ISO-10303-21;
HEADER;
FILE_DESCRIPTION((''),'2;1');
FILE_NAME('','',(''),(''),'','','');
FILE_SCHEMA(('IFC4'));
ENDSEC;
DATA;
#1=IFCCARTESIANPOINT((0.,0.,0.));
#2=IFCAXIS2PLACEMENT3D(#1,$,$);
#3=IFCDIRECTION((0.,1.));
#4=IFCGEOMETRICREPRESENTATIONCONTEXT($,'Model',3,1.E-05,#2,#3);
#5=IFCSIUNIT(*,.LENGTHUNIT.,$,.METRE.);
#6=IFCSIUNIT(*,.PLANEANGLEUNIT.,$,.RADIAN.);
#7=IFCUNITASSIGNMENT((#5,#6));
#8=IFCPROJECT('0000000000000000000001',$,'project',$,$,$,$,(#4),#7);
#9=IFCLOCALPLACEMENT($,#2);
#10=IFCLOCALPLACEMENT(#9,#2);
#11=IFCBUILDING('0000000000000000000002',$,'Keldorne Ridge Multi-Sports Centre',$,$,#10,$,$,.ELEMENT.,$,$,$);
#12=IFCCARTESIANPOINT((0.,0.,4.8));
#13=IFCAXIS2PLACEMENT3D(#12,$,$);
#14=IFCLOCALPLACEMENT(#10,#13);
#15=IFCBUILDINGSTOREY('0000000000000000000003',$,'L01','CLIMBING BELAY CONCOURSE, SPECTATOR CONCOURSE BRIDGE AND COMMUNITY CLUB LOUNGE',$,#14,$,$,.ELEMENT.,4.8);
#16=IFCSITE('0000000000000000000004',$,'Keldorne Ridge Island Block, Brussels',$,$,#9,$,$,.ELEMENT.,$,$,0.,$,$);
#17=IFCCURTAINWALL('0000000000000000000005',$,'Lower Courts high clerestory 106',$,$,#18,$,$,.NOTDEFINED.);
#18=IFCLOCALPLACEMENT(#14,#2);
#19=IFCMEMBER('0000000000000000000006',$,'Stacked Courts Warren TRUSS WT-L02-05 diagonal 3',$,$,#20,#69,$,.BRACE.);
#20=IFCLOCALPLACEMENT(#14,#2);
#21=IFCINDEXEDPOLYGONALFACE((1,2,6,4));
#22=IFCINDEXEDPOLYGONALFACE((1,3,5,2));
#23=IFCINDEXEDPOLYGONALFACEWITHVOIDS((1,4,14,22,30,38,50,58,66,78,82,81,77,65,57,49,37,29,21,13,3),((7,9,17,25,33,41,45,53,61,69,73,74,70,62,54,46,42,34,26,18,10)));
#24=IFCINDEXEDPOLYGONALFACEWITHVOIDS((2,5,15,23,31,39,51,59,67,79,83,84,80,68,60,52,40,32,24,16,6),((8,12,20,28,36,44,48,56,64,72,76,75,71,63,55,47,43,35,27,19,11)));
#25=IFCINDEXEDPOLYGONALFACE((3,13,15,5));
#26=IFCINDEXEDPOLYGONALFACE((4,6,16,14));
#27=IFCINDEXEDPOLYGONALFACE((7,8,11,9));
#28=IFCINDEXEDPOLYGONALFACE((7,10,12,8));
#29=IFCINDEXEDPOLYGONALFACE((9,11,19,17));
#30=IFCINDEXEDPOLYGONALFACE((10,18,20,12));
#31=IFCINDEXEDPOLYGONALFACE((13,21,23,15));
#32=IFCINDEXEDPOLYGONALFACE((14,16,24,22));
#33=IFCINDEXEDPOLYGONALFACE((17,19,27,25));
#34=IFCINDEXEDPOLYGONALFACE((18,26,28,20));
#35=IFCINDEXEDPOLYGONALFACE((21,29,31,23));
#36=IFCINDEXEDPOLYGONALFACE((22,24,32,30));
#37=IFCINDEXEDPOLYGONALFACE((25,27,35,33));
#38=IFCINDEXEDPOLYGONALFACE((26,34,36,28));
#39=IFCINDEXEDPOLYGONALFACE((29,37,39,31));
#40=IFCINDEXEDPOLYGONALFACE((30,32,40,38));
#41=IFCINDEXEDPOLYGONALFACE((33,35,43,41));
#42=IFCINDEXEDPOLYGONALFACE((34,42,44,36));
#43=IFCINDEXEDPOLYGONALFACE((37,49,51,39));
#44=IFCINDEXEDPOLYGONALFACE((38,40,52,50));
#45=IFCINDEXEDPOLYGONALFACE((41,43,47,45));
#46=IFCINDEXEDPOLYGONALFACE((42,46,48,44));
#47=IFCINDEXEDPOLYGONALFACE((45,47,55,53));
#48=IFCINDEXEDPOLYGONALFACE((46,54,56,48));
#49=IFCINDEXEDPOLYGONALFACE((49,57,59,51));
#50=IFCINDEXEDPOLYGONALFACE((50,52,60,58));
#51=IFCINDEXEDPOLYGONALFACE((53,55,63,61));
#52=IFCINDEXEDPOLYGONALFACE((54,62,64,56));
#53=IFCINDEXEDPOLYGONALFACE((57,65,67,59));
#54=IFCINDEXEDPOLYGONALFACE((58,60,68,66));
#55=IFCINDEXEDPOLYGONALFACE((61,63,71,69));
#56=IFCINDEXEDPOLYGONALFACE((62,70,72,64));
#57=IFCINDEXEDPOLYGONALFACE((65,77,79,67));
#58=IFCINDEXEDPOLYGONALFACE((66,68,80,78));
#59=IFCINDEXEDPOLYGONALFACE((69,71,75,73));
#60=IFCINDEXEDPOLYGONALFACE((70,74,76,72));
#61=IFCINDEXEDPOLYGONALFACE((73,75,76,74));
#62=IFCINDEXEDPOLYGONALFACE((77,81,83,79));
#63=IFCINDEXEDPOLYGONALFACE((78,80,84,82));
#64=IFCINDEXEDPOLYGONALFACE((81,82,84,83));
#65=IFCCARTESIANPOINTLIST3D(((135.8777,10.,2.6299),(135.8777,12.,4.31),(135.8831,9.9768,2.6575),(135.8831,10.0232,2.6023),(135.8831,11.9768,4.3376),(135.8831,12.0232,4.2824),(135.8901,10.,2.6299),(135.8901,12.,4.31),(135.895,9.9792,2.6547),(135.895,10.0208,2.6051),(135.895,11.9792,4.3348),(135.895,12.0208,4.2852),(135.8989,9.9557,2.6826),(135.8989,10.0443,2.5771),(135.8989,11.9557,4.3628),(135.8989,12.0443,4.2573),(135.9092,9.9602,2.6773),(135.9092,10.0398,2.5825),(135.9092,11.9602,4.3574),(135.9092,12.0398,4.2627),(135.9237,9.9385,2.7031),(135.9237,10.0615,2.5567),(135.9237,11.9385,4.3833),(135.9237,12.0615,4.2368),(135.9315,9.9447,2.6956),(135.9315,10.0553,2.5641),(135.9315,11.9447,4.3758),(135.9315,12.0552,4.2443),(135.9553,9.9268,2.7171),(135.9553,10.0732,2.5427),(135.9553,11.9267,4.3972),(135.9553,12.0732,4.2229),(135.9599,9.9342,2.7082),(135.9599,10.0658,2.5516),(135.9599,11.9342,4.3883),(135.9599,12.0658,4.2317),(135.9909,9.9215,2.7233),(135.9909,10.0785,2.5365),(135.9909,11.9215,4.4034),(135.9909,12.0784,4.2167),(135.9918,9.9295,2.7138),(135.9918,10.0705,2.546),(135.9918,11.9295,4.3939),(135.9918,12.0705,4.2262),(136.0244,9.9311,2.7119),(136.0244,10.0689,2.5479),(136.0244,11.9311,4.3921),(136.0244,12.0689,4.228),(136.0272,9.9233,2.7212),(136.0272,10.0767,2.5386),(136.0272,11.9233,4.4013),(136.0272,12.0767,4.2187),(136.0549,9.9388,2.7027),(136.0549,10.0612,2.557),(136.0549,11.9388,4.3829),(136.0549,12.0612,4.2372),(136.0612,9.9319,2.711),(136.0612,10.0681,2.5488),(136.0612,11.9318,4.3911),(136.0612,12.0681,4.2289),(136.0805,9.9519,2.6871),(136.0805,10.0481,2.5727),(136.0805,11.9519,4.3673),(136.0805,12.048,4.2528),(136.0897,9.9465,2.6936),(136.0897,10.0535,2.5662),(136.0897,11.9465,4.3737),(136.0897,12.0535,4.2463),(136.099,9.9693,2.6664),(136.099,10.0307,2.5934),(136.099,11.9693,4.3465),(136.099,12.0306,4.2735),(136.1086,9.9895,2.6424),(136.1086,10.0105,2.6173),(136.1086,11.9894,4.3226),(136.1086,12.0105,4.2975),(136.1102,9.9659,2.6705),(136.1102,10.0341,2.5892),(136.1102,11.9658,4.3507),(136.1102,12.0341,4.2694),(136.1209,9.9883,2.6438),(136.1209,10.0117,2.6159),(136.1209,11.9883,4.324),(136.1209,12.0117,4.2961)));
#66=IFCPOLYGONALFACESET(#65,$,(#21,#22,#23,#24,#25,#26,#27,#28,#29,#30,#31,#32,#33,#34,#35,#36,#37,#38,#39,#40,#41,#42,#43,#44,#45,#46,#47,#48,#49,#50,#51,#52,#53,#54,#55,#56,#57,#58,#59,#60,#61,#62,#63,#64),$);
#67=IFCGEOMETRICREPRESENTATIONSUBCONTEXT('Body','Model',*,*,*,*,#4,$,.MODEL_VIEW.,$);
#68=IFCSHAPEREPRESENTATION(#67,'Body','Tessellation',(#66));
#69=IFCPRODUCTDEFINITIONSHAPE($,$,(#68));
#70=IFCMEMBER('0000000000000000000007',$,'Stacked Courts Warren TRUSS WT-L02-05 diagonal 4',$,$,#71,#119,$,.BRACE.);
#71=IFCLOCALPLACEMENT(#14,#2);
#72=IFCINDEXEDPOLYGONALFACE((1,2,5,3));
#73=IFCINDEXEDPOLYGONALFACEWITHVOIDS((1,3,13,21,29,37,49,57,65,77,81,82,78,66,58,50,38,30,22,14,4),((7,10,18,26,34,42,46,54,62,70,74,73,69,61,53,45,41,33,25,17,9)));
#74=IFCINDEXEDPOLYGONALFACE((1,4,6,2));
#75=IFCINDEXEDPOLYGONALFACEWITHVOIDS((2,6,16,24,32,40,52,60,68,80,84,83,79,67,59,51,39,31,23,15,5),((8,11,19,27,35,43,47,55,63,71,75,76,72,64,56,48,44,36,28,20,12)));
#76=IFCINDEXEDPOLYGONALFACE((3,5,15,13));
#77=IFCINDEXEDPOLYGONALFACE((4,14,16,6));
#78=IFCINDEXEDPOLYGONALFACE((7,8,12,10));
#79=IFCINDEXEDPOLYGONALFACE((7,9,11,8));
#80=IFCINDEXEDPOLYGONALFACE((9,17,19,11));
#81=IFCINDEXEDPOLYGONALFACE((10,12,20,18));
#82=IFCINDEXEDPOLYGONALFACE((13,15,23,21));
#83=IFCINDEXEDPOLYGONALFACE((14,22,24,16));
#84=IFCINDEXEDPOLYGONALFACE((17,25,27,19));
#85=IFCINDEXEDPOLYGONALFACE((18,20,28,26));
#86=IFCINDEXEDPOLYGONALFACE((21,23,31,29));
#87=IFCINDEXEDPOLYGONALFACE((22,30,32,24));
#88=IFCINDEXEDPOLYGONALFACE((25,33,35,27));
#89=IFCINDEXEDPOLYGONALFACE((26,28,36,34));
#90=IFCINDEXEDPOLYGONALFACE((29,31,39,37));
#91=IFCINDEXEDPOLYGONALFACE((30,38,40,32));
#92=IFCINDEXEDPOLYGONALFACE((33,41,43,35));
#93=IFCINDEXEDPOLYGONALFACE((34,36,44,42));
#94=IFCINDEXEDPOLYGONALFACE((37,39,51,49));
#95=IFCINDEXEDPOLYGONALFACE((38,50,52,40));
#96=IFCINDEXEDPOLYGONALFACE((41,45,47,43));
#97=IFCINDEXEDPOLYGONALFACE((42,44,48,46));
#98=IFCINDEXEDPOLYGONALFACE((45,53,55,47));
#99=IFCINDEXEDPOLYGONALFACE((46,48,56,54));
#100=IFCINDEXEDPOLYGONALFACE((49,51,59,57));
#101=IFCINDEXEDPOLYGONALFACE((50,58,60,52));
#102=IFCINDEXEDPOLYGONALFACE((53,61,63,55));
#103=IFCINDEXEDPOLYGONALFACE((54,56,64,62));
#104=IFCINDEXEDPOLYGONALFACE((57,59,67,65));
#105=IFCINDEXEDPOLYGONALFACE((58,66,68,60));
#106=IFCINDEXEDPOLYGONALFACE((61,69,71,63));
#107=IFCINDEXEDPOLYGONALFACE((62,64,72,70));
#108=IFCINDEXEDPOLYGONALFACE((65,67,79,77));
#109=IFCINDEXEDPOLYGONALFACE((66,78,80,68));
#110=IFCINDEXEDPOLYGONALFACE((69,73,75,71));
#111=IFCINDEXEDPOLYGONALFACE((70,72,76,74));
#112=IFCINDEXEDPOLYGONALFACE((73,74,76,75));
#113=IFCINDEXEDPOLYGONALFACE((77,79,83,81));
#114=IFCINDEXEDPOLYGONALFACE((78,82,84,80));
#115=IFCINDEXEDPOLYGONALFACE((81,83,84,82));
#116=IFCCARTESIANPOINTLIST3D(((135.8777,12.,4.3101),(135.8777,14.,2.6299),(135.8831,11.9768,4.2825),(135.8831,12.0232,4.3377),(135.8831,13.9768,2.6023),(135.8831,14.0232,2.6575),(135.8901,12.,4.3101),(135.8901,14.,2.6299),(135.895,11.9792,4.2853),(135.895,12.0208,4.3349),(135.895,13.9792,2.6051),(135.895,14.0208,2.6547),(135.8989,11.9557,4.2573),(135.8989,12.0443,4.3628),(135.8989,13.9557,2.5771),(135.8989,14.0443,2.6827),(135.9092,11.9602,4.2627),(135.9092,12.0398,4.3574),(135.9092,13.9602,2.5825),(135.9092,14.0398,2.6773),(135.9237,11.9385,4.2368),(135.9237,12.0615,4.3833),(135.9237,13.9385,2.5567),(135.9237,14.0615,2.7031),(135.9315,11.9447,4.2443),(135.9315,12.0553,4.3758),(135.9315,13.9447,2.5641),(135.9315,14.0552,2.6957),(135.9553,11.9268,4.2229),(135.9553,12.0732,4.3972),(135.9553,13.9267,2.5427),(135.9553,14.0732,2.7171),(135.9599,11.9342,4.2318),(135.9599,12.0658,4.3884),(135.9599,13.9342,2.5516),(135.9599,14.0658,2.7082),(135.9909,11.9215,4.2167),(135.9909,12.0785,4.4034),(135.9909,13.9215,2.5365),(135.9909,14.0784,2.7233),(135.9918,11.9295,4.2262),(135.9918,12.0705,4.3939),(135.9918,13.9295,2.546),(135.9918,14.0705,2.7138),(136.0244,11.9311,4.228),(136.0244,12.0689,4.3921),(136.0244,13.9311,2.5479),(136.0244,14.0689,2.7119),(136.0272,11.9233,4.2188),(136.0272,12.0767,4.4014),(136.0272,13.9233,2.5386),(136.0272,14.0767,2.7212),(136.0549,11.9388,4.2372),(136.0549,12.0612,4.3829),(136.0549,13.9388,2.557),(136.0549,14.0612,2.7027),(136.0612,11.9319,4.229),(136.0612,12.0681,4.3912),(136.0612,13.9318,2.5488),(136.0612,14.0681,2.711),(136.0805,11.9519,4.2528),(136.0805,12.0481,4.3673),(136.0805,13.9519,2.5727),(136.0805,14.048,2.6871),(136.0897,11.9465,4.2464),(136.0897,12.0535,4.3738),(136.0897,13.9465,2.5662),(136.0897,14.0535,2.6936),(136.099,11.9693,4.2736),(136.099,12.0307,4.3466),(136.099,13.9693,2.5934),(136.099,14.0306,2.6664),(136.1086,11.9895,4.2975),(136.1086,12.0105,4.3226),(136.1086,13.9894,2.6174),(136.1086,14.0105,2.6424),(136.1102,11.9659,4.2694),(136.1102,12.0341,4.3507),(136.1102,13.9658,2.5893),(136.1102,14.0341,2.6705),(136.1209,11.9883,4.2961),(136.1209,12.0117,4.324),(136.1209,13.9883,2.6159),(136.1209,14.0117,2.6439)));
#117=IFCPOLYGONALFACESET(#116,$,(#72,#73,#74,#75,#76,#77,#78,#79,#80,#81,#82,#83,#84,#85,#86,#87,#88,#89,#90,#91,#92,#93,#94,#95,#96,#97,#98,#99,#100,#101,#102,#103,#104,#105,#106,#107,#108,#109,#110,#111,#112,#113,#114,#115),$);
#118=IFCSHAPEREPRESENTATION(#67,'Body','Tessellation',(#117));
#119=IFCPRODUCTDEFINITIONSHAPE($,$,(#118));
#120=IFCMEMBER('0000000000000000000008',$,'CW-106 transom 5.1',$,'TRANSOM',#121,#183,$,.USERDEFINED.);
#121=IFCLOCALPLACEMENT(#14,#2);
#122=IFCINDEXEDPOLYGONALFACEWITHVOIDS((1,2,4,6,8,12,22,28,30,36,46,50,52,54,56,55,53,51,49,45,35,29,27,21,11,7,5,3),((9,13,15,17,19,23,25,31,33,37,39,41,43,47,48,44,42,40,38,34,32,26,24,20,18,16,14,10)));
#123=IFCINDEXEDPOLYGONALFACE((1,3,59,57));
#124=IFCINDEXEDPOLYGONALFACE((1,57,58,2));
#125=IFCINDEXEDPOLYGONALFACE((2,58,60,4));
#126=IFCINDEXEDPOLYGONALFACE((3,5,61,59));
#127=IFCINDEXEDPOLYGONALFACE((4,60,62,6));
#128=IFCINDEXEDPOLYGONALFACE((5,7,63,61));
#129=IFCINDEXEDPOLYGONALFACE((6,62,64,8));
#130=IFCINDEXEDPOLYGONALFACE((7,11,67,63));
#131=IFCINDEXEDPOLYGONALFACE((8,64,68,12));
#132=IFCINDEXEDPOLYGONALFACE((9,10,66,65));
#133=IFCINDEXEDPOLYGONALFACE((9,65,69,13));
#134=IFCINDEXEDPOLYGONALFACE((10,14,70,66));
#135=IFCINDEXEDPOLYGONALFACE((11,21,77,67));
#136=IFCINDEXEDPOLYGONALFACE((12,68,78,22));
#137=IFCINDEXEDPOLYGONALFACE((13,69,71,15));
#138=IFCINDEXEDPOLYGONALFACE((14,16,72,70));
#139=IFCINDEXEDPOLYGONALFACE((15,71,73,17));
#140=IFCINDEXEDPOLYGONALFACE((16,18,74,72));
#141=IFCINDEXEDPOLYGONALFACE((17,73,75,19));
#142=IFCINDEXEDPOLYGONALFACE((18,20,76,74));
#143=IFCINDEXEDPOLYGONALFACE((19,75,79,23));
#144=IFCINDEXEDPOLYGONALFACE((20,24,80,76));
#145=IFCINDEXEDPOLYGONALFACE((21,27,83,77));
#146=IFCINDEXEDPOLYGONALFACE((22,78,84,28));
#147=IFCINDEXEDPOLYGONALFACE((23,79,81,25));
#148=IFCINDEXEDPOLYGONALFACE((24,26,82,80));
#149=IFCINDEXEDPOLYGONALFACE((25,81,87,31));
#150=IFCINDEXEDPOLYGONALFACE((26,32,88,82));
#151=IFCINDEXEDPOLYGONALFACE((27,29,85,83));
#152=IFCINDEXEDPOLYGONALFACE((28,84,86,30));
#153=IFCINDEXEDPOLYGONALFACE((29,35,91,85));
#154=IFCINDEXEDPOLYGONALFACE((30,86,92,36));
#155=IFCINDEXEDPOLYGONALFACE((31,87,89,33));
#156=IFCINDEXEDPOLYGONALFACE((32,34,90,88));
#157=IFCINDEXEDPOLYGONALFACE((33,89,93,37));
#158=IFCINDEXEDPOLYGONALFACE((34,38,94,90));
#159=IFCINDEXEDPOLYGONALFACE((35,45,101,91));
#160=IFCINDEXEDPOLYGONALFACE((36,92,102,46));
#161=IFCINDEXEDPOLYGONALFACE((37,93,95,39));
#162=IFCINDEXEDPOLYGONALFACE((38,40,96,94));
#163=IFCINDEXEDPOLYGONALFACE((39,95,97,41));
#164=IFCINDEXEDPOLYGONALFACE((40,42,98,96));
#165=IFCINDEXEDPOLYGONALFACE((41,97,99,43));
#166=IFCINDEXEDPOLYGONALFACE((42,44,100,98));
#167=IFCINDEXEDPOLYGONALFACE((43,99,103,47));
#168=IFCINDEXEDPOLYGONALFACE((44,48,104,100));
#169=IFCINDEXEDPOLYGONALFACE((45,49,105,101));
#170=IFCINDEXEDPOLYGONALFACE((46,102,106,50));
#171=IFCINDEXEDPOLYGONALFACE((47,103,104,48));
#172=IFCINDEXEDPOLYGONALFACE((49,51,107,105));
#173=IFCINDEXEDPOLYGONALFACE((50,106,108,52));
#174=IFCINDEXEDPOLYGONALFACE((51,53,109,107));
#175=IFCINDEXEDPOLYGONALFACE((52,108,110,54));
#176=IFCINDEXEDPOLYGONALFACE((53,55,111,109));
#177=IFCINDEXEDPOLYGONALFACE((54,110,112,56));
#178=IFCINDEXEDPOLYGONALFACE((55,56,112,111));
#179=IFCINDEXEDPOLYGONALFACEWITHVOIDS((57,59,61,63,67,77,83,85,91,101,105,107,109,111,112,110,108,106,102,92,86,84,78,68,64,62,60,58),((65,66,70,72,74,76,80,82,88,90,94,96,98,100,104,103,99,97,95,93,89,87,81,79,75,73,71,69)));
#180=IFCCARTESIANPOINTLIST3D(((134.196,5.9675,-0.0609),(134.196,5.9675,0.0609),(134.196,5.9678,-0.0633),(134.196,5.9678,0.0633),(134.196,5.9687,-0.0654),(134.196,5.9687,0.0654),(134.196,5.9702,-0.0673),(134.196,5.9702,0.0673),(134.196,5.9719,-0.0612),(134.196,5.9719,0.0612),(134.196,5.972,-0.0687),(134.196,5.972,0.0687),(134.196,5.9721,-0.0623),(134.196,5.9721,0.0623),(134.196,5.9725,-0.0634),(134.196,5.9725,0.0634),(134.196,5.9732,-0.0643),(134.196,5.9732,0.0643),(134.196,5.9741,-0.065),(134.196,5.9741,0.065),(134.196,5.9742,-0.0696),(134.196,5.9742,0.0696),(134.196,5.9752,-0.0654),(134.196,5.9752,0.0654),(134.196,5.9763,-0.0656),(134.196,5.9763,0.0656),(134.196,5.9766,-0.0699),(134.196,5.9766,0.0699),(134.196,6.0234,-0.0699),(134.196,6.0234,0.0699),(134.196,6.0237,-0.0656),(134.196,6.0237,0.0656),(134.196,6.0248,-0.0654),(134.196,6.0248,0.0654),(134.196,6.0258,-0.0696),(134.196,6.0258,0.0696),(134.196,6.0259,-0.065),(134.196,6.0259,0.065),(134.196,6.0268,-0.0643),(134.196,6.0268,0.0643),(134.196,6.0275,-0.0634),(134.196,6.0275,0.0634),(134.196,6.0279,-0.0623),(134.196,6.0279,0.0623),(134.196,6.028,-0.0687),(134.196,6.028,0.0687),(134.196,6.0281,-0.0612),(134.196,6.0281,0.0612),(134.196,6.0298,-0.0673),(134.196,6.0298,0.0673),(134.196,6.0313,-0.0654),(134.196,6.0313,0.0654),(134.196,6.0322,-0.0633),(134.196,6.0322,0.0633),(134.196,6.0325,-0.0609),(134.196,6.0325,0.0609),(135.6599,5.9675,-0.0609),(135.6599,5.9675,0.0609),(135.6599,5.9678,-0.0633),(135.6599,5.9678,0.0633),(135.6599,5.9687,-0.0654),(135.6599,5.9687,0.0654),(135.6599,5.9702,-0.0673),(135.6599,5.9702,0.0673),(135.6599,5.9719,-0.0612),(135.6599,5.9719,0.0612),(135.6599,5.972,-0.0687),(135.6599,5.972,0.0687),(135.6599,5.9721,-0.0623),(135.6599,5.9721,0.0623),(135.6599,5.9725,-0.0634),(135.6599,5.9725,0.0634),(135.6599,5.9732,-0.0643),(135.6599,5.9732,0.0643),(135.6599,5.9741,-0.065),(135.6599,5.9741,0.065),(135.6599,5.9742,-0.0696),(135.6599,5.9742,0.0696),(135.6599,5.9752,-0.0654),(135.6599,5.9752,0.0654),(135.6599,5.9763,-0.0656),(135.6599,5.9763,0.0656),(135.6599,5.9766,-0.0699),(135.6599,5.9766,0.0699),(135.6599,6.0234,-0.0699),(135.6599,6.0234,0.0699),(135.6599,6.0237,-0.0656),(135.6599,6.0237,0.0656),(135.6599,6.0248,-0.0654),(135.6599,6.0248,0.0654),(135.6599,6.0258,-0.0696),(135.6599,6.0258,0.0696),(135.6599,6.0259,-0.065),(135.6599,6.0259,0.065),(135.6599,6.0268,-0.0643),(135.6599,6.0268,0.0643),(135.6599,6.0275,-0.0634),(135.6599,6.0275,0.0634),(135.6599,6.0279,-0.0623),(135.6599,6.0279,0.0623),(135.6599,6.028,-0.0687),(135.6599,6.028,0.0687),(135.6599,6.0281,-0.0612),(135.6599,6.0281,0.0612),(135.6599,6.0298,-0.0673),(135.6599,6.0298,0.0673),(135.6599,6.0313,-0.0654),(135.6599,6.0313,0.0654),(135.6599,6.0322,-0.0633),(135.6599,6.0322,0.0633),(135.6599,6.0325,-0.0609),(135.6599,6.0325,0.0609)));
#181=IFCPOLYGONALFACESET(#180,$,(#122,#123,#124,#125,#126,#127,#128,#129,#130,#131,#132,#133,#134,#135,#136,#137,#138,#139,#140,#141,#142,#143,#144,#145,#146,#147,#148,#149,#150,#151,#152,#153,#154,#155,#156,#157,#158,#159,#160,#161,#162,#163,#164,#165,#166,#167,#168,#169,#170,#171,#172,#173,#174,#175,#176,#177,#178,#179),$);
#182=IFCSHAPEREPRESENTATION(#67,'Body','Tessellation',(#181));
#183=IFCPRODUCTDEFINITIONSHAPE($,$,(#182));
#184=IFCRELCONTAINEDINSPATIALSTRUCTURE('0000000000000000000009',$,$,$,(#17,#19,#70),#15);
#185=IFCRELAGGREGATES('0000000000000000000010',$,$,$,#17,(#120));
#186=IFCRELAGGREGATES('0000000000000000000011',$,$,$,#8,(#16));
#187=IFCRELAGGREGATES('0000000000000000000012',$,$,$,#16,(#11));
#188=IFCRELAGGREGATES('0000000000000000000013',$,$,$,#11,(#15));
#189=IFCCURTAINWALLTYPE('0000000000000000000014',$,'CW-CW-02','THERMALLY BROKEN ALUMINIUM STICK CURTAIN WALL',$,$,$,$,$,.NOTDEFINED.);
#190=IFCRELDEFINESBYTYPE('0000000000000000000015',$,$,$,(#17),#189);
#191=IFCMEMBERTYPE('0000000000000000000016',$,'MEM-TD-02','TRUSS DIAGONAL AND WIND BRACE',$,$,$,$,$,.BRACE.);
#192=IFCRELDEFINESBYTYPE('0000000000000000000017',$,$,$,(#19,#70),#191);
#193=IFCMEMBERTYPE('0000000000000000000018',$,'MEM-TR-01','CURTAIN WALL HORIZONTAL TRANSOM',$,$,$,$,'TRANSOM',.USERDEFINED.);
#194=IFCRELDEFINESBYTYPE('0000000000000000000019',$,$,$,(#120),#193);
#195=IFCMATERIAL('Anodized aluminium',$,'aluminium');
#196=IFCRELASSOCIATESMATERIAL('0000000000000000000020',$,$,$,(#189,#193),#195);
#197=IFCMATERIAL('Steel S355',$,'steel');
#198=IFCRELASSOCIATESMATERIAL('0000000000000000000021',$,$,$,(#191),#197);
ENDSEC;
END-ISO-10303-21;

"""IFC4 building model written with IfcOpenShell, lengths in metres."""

from ifc_helpers import new_model, si_unit, direction, frame, origin, origin_2d, place, context, subcontext, project, spatial, hollow_rectangle, hollow_circle, extrude, material, material_profile, profile_set, type_object, element, aggregate, save


model = new_model("IFC4")

# Units and contexts
model_context = context("Model", 3, precision=1e-05, world=origin(), true_north=direction((0.0, 1.0)))
body_context = subcontext(model_context, "Body", "Model", "MODEL_VIEW")
ifc_project = project(units=[si_unit("LENGTHUNIT", "METRE"), si_unit("PLANEANGLEUNIT", "RADIAN")], contexts=[model_context])

# Site, building, storey
site_placement = place(None, origin())
site = spatial("IfcSite", under=ifc_project, at=site_placement, Name="Keldorne Ridge Island Block, Brussels", CompositionType="ELEMENT", RefElevation=0.0)
building_placement = place(site_placement, origin())
building = spatial("IfcBuilding", under=site, at=building_placement, Name="Keldorne Ridge Multi-Sports Centre", CompositionType="ELEMENT")
storey_placement = place(building_placement, frame((0.0, 0.0, 4.8)))
storey = spatial("IfcBuildingStorey", under=building, at=storey_placement, Name="L01", Description="CLIMBING BELAY CONCOURSE, SPECTATOR CONCOURSE BRIDGE AND COMMUNITY CLUB LOUNGE", CompositionType="ELEMENT", Elevation=4.8)

# Shared definitions
ifc_material_1 = material(Name="Steel S355", Category="steel")

# Curtain wall
ifc_material_2 = material(Name="Anodized aluminium", Category="aluminium")
curtain_wall_type_1 = type_object("IfcCurtainWallType", Name="CW-CW-02", Description="THERMALLY BROKEN ALUMINIUM STICK CURTAIN WALL", PredefinedType="NOTDEFINED", material=ifc_material_2)
curtain_wall_1_placement = place(storey_placement, origin())
curtain_wall_1 = element("IfcCurtainWall", 1, at=curtain_wall_1_placement, inside=storey, type_object=curtain_wall_type_1, Name="Lower Courts high clerestory 106", PredefinedType="NOTDEFINED")

# Members
ifc_material_profile_1 = material_profile(ifc_material_1, hollow_circle(Radius=0.1223, WallThickness=0.0125, at=origin_2d()), Name="CHS 244.5x12.5")
ifc_profile_set_1 = profile_set([ifc_material_profile_1], Name="Steel S355")
member_type_1 = type_object("IfcMemberType", Name="MEM-TD-02", Description="TRUSS DIAGONAL AND WIND BRACE", PredefinedType="BRACE", material=ifc_profile_set_1)
for number, where, z_axis, x_axis, name in (
    (2, (136.0, 10.0, 2.6299), (0.0, 0.765672, 0.643232), (-1.0, 0.0, 0.0), "Stacked Courts Warren TRUSS WT-L02-05 diagonal 3"),
    (3, (136.0, 12.0, 4.3101), (0.0, 0.765672, -0.643232), (-1.0, 0.0, 0.0), "Stacked Courts Warren TRUSS WT-L02-05 diagonal 4"),
):
    element("IfcMember", number, at=place(storey_placement, frame(where, z_axis=z_axis, x_axis=x_axis)), inside=storey, type_object=member_type_1, Name=name, PredefinedType="BRACE", context=body_context, shape_type="SweptSolid", body=[
        extrude(hollow_circle(Radius=0.1223, WallThickness=0.0125, at=origin_2d()), origin(), (0.0, 0.0, 1.0), 2.6121),
    ])

# Member
ifc_material_profile_2 = material_profile(ifc_material_2, hollow_rectangle(XDim=0.0649, YDim=0.1399, WallThickness=0.0044, InnerFilletRadius=0.0044, OuterFilletRadius=0.009, at=origin_2d()), Name="ALU TRANSOM 140x65x4.5")
ifc_profile_set_2 = profile_set([ifc_material_profile_2], Name="Anodized aluminium")
member_type_2 = type_object("IfcMemberType", Name="MEM-TR-01", Description="CURTAIN WALL HORIZONTAL TRANSOM", ElementType="TRANSOM", PredefinedType="USERDEFINED", material=ifc_profile_set_2)
member_1_placement = place(storey_placement, frame((134.196, 6.0, 0.0), z_axis=(1.0, 0.0, 0.0), x_axis=(0.0, 1.0, 0.0)))
member_1 = element("IfcMember", 4, at=member_1_placement, type_object=member_type_2, Name="CW-106 transom 5.1", ObjectType="TRANSOM", PredefinedType="USERDEFINED", context=body_context, shape_type="SweptSolid", body=[
    extrude(hollow_rectangle(XDim=0.0649, YDim=0.1399, WallThickness=0.0044, InnerFilletRadius=0.0044, OuterFilletRadius=0.009, at=origin_2d()), origin(), (0.0, 0.0, 1.0), 1.4639),
])

aggregate(curtain_wall_1, [member_1])

save(model, "model.ifc")
